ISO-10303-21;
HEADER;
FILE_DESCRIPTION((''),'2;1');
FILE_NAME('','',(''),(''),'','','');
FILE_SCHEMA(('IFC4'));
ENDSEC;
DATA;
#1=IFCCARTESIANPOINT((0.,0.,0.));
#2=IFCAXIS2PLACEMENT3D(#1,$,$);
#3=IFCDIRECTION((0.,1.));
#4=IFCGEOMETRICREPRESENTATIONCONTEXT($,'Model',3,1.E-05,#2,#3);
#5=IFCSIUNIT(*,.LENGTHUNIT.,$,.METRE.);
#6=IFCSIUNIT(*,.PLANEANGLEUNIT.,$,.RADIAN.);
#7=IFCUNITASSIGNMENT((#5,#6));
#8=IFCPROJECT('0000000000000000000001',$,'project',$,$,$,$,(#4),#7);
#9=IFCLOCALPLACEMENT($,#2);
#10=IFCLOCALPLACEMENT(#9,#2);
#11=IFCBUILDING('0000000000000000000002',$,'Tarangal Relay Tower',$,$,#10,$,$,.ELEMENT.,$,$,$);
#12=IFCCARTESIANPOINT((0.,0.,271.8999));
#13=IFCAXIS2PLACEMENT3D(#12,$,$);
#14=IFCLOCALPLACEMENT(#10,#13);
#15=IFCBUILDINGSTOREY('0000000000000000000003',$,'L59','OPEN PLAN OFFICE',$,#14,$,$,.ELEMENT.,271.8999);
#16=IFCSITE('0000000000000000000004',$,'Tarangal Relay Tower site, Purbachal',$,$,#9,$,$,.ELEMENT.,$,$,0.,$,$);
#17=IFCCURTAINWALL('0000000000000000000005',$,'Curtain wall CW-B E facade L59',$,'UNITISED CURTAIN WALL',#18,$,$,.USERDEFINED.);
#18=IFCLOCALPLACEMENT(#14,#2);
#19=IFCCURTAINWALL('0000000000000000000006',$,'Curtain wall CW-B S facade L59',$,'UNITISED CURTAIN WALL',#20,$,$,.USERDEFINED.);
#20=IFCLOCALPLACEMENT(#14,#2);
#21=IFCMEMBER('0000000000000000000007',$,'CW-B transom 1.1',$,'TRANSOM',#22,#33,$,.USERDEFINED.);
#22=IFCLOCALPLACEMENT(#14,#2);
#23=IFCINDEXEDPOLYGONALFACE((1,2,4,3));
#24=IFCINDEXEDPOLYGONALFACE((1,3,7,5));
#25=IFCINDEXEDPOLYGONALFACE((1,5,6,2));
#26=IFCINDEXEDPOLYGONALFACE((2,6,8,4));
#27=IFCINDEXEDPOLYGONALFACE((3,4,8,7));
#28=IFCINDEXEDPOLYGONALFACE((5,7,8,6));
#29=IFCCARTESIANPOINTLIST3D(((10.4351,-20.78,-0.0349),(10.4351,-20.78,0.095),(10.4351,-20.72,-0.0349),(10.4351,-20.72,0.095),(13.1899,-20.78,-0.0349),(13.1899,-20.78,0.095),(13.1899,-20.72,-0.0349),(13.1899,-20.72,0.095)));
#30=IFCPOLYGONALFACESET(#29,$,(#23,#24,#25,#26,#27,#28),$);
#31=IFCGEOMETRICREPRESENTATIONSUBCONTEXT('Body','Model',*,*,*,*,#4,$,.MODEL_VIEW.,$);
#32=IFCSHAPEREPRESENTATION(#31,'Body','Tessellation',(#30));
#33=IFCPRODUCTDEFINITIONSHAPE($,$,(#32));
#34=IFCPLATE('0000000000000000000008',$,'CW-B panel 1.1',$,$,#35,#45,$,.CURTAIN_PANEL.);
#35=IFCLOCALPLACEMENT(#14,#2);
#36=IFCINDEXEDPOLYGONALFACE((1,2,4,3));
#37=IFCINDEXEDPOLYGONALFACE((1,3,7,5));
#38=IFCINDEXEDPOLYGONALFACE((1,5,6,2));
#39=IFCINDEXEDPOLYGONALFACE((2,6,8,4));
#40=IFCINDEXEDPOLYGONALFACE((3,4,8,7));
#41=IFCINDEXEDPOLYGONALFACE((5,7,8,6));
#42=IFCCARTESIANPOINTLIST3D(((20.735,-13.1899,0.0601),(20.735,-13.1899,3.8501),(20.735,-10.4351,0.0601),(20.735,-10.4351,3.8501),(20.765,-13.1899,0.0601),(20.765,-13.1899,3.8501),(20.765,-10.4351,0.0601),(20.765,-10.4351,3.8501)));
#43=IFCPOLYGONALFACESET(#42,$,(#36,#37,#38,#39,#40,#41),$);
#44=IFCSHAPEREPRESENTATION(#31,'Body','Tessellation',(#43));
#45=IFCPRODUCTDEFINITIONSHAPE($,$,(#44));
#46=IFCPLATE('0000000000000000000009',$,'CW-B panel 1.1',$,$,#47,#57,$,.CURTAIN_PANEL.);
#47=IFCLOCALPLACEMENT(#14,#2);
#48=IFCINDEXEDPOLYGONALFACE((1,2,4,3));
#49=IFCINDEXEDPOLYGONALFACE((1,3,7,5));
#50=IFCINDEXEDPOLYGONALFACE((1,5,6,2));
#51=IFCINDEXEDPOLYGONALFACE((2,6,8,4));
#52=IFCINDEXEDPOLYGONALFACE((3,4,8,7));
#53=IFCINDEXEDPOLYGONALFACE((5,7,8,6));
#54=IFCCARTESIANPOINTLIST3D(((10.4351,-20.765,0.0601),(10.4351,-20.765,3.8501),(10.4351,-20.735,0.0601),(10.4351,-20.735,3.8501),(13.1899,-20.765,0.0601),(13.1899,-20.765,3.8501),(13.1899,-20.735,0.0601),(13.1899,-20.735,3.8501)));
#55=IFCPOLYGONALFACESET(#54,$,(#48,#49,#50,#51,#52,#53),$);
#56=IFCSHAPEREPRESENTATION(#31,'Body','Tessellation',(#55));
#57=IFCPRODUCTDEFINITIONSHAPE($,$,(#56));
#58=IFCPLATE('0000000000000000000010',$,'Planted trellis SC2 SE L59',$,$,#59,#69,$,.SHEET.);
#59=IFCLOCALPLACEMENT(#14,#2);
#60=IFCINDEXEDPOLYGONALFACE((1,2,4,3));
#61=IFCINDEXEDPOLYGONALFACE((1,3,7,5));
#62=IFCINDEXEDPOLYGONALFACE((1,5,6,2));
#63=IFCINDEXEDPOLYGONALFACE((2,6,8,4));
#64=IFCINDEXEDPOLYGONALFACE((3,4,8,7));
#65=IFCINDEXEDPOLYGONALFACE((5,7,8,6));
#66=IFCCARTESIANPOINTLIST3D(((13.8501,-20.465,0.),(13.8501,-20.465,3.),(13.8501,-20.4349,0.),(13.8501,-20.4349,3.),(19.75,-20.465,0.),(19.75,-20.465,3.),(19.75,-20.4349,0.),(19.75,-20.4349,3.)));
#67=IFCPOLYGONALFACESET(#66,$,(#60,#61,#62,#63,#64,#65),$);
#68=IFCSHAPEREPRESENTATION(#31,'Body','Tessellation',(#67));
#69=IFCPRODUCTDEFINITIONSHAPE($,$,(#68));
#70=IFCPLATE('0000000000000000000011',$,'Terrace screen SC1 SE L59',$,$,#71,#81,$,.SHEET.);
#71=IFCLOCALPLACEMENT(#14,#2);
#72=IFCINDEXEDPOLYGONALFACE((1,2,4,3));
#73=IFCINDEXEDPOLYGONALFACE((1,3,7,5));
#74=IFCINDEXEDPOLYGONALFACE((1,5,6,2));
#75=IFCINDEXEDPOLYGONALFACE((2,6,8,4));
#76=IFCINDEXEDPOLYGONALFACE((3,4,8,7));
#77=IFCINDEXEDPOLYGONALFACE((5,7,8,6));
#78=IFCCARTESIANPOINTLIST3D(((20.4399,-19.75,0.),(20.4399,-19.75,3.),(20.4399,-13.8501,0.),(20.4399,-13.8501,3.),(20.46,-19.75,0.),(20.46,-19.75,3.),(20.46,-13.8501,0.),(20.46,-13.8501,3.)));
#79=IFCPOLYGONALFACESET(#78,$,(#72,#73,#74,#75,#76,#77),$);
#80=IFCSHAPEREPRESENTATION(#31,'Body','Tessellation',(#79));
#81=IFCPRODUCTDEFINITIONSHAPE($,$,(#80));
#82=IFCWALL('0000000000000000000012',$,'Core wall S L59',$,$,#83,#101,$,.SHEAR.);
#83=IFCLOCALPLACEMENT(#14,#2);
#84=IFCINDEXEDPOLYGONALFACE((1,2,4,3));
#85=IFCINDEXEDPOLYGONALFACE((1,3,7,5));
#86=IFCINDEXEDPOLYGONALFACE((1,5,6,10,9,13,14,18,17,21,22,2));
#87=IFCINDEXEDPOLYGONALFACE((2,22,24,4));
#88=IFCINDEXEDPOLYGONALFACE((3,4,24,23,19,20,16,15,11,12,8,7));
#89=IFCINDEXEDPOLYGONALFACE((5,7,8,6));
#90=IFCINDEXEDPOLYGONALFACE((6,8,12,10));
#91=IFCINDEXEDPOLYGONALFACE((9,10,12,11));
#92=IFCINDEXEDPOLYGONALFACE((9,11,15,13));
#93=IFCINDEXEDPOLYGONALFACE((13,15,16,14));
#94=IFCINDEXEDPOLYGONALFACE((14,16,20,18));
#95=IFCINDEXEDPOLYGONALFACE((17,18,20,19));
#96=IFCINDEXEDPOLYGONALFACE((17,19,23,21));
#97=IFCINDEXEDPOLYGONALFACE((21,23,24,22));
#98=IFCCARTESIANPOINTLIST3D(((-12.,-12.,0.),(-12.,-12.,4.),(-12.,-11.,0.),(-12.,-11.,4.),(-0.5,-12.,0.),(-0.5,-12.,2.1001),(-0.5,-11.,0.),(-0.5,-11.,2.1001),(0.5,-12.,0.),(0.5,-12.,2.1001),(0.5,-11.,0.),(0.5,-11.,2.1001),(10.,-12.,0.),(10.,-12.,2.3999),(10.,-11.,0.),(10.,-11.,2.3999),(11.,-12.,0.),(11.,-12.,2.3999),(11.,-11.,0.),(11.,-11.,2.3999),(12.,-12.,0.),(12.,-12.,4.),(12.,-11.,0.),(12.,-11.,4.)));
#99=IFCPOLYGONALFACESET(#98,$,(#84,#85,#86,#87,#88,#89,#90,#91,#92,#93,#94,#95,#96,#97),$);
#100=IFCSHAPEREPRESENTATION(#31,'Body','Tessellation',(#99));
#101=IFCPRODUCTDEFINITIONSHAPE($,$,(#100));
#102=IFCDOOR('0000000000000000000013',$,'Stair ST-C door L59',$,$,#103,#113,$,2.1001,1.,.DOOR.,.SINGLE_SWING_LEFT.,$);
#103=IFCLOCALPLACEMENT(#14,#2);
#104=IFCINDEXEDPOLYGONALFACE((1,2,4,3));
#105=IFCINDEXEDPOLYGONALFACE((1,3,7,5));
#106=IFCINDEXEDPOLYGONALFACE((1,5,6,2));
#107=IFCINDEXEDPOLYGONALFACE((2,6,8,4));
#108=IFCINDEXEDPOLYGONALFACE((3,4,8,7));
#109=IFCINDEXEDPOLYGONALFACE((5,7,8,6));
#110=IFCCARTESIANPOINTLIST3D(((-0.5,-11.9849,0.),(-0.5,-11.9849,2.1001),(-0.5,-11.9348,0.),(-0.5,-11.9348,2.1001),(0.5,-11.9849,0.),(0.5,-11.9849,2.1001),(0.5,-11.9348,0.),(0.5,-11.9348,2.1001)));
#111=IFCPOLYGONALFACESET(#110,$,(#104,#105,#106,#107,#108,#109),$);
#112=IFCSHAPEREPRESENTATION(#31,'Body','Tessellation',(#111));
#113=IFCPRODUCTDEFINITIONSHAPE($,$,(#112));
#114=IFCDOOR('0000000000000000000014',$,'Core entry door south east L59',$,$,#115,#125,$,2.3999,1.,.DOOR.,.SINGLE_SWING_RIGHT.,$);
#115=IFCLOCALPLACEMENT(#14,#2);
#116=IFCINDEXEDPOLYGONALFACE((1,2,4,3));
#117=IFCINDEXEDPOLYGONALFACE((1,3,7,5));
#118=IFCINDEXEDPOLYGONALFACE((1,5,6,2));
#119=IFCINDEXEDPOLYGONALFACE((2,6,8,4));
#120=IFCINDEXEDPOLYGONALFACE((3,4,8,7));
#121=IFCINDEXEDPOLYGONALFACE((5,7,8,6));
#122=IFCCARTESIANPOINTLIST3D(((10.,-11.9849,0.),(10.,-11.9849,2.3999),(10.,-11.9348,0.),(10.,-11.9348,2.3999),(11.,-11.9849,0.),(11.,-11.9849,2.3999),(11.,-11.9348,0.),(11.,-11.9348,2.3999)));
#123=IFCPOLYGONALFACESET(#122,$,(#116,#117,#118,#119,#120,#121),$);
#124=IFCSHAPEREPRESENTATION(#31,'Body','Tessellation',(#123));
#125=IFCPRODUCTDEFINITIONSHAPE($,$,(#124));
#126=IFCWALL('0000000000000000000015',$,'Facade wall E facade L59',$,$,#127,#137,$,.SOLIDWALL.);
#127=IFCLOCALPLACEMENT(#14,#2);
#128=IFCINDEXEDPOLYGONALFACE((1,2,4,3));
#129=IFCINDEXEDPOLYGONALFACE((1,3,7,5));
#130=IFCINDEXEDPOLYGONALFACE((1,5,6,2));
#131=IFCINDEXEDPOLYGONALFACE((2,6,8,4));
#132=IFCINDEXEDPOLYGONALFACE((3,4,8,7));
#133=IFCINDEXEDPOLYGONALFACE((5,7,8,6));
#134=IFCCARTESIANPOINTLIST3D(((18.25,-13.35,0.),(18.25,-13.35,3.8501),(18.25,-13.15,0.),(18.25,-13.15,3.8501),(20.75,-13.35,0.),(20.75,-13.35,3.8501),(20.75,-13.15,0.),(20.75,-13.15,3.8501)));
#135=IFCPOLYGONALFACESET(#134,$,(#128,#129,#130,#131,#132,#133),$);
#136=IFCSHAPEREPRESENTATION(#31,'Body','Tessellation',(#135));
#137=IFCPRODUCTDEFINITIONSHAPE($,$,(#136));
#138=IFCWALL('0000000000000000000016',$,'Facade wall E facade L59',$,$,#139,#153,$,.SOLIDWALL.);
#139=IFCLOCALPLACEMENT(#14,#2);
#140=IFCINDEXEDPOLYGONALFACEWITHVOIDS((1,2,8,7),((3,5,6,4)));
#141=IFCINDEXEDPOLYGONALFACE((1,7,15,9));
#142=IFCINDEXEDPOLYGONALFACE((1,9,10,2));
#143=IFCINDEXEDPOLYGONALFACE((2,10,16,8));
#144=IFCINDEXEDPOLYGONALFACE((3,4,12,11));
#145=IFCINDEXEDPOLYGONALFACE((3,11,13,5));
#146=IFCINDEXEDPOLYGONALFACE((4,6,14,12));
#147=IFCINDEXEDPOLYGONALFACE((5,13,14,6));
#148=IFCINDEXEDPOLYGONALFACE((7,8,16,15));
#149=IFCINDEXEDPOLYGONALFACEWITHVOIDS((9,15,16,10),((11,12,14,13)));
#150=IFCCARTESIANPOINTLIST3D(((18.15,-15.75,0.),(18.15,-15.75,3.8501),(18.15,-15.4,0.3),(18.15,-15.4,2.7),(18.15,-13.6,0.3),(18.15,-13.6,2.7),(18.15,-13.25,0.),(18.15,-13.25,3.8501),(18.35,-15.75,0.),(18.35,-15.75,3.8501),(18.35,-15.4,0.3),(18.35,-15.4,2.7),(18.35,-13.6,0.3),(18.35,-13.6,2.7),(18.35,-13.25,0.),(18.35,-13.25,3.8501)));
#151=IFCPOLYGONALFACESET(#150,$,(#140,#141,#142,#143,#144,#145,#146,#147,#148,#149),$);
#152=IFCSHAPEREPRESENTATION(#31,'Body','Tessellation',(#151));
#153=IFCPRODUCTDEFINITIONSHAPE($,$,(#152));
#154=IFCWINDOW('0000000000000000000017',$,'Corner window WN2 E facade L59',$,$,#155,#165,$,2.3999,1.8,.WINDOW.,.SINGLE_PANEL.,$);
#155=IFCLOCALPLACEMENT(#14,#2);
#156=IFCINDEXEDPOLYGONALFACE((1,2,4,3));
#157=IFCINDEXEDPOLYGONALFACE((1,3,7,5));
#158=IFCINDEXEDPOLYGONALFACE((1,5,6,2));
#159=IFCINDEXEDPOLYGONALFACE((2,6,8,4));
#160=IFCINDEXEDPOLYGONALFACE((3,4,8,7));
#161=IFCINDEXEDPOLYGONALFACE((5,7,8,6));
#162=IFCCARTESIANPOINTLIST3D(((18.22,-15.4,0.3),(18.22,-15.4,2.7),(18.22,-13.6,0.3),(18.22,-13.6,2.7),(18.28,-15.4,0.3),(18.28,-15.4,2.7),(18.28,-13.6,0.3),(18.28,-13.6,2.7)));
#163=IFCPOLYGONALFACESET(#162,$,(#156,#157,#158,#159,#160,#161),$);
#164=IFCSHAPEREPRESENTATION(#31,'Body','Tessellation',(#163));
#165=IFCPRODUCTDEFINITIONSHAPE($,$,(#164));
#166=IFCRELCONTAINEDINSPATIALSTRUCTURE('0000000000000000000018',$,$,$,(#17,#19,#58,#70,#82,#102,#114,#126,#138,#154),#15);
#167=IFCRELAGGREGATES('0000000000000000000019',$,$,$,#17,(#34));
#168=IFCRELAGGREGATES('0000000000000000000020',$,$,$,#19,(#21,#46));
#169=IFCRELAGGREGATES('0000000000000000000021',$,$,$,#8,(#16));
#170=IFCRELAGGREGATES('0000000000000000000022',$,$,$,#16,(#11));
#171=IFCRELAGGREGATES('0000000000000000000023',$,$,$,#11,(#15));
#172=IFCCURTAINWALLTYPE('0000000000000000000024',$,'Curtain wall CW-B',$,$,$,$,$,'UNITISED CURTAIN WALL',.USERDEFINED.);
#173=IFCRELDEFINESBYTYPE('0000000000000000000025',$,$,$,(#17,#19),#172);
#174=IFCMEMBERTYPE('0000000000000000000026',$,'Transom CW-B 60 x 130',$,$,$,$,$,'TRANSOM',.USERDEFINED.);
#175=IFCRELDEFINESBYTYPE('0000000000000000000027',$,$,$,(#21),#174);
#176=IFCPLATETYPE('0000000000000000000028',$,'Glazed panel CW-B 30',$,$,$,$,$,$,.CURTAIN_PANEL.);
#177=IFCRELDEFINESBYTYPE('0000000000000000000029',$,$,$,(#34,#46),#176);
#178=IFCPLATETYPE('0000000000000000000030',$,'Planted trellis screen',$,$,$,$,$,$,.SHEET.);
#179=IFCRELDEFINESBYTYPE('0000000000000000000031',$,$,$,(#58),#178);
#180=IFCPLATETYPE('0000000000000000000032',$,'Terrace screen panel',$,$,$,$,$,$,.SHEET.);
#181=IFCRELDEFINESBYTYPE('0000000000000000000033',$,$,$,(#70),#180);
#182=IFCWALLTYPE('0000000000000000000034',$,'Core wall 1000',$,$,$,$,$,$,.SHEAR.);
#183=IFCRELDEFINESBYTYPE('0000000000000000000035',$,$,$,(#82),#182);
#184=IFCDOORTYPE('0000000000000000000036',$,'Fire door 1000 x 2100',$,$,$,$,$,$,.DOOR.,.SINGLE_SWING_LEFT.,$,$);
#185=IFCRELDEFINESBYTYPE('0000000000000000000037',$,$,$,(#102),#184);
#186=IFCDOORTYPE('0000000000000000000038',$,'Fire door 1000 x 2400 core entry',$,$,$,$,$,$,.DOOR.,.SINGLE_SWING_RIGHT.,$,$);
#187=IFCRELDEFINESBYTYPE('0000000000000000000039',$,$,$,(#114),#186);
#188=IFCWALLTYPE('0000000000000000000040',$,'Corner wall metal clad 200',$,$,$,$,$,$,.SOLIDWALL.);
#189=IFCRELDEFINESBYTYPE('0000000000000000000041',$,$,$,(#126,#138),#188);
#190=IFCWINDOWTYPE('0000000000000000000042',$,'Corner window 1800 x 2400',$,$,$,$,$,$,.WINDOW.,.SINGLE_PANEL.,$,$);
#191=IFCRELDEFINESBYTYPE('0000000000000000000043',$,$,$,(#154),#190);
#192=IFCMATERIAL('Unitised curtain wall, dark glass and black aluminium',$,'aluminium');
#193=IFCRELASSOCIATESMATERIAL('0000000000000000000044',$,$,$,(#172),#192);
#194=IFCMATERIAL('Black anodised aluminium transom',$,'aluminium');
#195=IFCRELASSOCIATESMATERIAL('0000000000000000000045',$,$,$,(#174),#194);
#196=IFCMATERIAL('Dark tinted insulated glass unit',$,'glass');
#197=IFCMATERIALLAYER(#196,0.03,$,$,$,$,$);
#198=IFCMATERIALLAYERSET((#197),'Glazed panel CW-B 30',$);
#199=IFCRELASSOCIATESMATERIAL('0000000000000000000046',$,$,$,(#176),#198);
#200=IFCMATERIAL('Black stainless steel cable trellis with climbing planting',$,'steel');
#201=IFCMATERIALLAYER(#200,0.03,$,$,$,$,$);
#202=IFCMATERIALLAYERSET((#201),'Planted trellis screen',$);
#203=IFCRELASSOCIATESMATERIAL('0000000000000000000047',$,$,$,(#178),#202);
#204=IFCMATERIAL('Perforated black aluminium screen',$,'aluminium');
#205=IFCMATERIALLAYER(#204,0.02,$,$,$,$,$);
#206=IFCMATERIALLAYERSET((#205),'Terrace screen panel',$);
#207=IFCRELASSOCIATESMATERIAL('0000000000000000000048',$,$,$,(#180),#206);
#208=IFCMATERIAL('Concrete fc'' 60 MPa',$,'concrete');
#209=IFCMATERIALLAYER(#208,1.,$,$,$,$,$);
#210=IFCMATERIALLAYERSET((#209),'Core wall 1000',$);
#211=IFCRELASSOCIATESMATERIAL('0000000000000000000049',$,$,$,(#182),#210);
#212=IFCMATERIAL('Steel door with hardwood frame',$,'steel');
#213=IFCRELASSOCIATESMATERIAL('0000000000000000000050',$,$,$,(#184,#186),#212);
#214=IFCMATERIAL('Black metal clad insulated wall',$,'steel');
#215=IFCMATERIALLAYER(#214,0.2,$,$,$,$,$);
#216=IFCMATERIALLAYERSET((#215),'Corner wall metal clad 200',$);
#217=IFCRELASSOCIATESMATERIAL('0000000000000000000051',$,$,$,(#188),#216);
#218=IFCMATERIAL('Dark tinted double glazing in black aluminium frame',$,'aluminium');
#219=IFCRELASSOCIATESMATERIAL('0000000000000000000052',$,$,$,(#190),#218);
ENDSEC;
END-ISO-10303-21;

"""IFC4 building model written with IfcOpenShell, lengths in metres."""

from ifc_helpers import new_model, si_unit, direction, frame, frame_2d, origin, origin_2d, place, context, subcontext, project, spatial, rectangle, extrude, material, layer, layer_set, material_profile, profile_set, type_object, element, fill, aggregate, save


model = new_model("IFC4")

# Units and contexts
model_context = context("Model", 3, precision=1e-05, world=origin(), true_north=direction((0.0, 1.0)))
body_context = subcontext(model_context, "Body", "Model", "MODEL_VIEW")
ifc_project = project(units=[si_unit("LENGTHUNIT", "METRE"), si_unit("PLANEANGLEUNIT", "RADIAN")], contexts=[model_context])

# Site, building, storey
site_placement = place(None, origin())
site = spatial("IfcSite", under=ifc_project, at=site_placement, Name="Tarangal Relay Tower site, Purbachal", CompositionType="ELEMENT", RefElevation=0.0)
building_placement = place(site_placement, origin())
building = spatial("IfcBuilding", under=site, at=building_placement, Name="Tarangal Relay Tower", CompositionType="ELEMENT")
storey_placement = place(building_placement, frame((0.0, 0.0, 271.8999)))
storey = spatial("IfcBuildingStorey", under=building, at=storey_placement, Name="L59", Description="OPEN PLAN OFFICE", CompositionType="ELEMENT", Elevation=271.8999)

# Curtain wall
ifc_material_1 = material(Name="Unitised curtain wall, dark glass and black aluminium", Category="aluminium")
curtain_wall_type_1 = type_object("IfcCurtainWallType", Name="Curtain wall CW-B", ElementType="UNITISED CURTAIN WALL", PredefinedType="USERDEFINED", material=ifc_material_1)
curtain_wall_1_placement = place(storey_placement, origin())
curtain_wall_1 = element("IfcCurtainWall", 1, at=curtain_wall_1_placement, inside=storey, type_object=curtain_wall_type_1, Name="Curtain wall CW-B E facade L59", ObjectType="UNITISED CURTAIN WALL", PredefinedType="USERDEFINED")

# Curtain wall
curtain_wall_2_placement = place(storey_placement, origin())
curtain_wall_2 = element("IfcCurtainWall", 2, at=curtain_wall_2_placement, inside=storey, type_object=curtain_wall_type_1, Name="Curtain wall CW-B S facade L59", ObjectType="UNITISED CURTAIN WALL", PredefinedType="USERDEFINED")

# Member
ifc_material_2 = material(Name="Black anodised aluminium transom", Category="aluminium")
ifc_material_profile_1 = material_profile(ifc_material_2, rectangle(XDim=0.0601, YDim=0.1299, at=origin_2d()), Name="CW-BT 60X130")
ifc_profile_set_1 = profile_set([ifc_material_profile_1], Name="Black anodised aluminium transom")
member_type_1 = type_object("IfcMemberType", Name="Transom CW-B 60 x 130", ElementType="TRANSOM", PredefinedType="USERDEFINED", material=ifc_profile_set_1)
member_1_placement = place(storey_placement, frame((13.1899, -20.75, 0.03), z_axis=(-1.0, 0.0, 0.0), x_axis=(0.0, -1.0, 0.0)))
member_1 = element("IfcMember", 3, at=member_1_placement, type_object=member_type_1, Name="CW-B transom 1.1", ObjectType="TRANSOM", PredefinedType="USERDEFINED", context=body_context, shape_type="SweptSolid", body=[
    extrude(rectangle(XDim=0.0601, YDim=0.1299, at=origin_2d()), origin(), (0.0, 0.0, 1.0), 2.7549),
])

# Plates
ifc_material_3 = material(Name="Dark tinted insulated glass unit", Category="glass")
ifc_layer_1 = layer(ifc_material_3, 0.03)
ifc_layer_set_1 = layer_set([ifc_layer_1], Name="Glazed panel CW-B 30")
plate_type_1 = type_object("IfcPlateType", Name="Glazed panel CW-B 30", PredefinedType="CURTAIN_PANEL", material=ifc_layer_set_1)
plate_1_placement = place(storey_placement, frame((20.75, -11.8125, 0.0601), z_axis=(0.0, 0.0, 1.0), x_axis=(0.0, -1.0, 0.0)))
plate_1 = element("IfcPlate", 4, at=plate_1_placement, type_object=plate_type_1, Name="CW-B panel 1.1", PredefinedType="CURTAIN_PANEL", context=body_context, shape_type="SweptSolid", body=[
    extrude(rectangle(XDim=2.7549, YDim=0.03, at=origin_2d()), origin(), (0.0, 0.0, 1.0), 3.79),
])
aggregate(curtain_wall_1, [plate_1])
plate_2_placement = place(storey_placement, frame((11.8125, -20.75, 0.0601), z_axis=(0.0, 0.0, 1.0), x_axis=(-1.0, 0.0, 0.0)))
plate_2 = element("IfcPlate", 5, at=plate_2_placement, type_object=plate_type_1, Name="CW-B panel 1.1", PredefinedType="CURTAIN_PANEL", context=body_context, shape_type="SweptSolid", body=[
    extrude(rectangle(XDim=2.7549, YDim=0.03, at=origin_2d()), origin(), (0.0, 0.0, 1.0), 3.79),
])
aggregate(curtain_wall_2, [member_1, plate_2])

# Plates
ifc_material_4 = material(Name="Black stainless steel cable trellis with climbing planting", Category="steel")
ifc_layer_2 = layer(ifc_material_4, 0.03)
ifc_layer_set_2 = layer_set([ifc_layer_2], Name="Planted trellis screen")
plate_type_2 = type_object("IfcPlateType", Name="Planted trellis screen", PredefinedType="SHEET", material=ifc_layer_set_2)
plate_3_placement = place(storey_placement, frame((16.8, -20.45, 0.0), z_axis=(0.0, 0.0, 1.0), x_axis=(-1.0, 0.0, 0.0)))
element("IfcPlate", 6, at=plate_3_placement, inside=storey, type_object=plate_type_2, Name="Planted trellis SC2 SE L59", PredefinedType="SHEET", context=body_context, shape_type="SweptSolid", body=[
    extrude(rectangle(XDim=5.8999, YDim=0.03, at=origin_2d()), origin(), (0.0, 0.0, 1.0), 3.0),
])
ifc_material_5 = material(Name="Perforated black aluminium screen", Category="aluminium")
ifc_layer_3 = layer(ifc_material_5, 0.02)
ifc_layer_set_3 = layer_set([ifc_layer_3], Name="Terrace screen panel")
plate_type_3 = type_object("IfcPlateType", Name="Terrace screen panel", PredefinedType="SHEET", material=ifc_layer_set_3)
plate_4_placement = place(storey_placement, frame((20.45, -16.8, 0.0), z_axis=(0.0, 0.0, 1.0), x_axis=(0.0, -1.0, 0.0)))
element("IfcPlate", 7, at=plate_4_placement, inside=storey, type_object=plate_type_3, Name="Terrace screen SC1 SE L59", PredefinedType="SHEET", context=body_context, shape_type="SweptSolid", body=[
    extrude(rectangle(XDim=5.8999, YDim=0.02, at=origin_2d()), origin(), (0.0, 0.0, 1.0), 3.0),
])

# Wall, openings, doors
ifc_material_6 = material(Name="Concrete fc' 60 MPa", Category="concrete")
ifc_layer_4 = layer(ifc_material_6, 1.0)
ifc_layer_set_4 = layer_set([ifc_layer_4], Name="Core wall 1000")
wall_type_1 = type_object("IfcWallType", Name="Core wall 1000", PredefinedType="SHEAR", material=ifc_layer_set_4)
wall_1_placement = place(storey_placement, frame((12.0, -11.5, 0.0), z_axis=(0.0, 0.0, 1.0), x_axis=(-1.0, 0.0, 0.0)))
wall_1 = element("IfcWall", 8, at=wall_1_placement, inside=storey, type_object=wall_type_1, Name="Core wall S L59", PredefinedType="SHEAR", context=body_context, shape_type="SweptSolid", body=[
    extrude(rectangle(XDim=24.0, YDim=1.0, at=frame_2d((12.0, 0.0))), origin(), (0.0, 0.0, 1.0), 4.0),
])
opening_1_placement = place(wall_1_placement, frame((11.5, 0.0, 0.0)))
opening_1 = element("IfcOpeningElement", 9, at=opening_1_placement, cuts=wall_1, PredefinedType="OPENING", context=body_context, shape_type="SweptSolid", body=[
    extrude(rectangle(XDim=1.0, YDim=2.1001, at=frame_2d((0.5, 1.05))), frame((0.0, 0.51, 0.0), z_axis=(0.0, -1.0, 0.0), x_axis=(1.0, 0.0, 0.0)), (0.0, 0.0, 1.0), 1.02),
])
opening_2_placement = place(wall_1_placement, frame((1.0, 0.0, 0.0)))
opening_2 = element("IfcOpeningElement", 10, at=opening_2_placement, cuts=wall_1, PredefinedType="OPENING", context=body_context, shape_type="SweptSolid", body=[
    extrude(rectangle(XDim=1.0, YDim=2.3999, at=frame_2d((0.5, 1.2))), frame((0.0, 0.51, 0.0), z_axis=(0.0, -1.0, 0.0), x_axis=(1.0, 0.0, 0.0)), (0.0, 0.0, 1.0), 1.02),
])
ifc_material_7 = material(Name="Steel door with hardwood frame", Category="steel")
door_type_1 = type_object("IfcDoorType", Name="Fire door 1000 x 2100", OperationType="SINGLE_SWING_LEFT", PredefinedType="DOOR", material=ifc_material_7)
door_1_placement = place(opening_1_placement, origin())
door_1 = element("IfcDoor", 11, at=door_1_placement, inside=storey, type_object=door_type_1, Name="Stair ST-C door L59", OperationType="SINGLE_SWING_LEFT", OverallHeight=2.1001, OverallWidth=1.0, PredefinedType="DOOR", context=body_context, shape_type="SweptSolid", body=[
    extrude(rectangle(XDim=1.0, YDim=2.1001, at=frame_2d((0.5, 1.05))), frame((0.0, 0.4849, 0.0), z_axis=(0.0, -1.0, 0.0), x_axis=(1.0, 0.0, 0.0)), (0.0, 0.0, 1.0), 0.05),
])
fill(opening_1, door_1)
door_type_2 = type_object("IfcDoorType", Name="Fire door 1000 x 2400 core entry", OperationType="SINGLE_SWING_RIGHT", PredefinedType="DOOR", material=ifc_material_7)
door_2_placement = place(opening_2_placement, origin())
door_2 = element("IfcDoor", 12, at=door_2_placement, inside=storey, type_object=door_type_2, Name="Core entry door south east L59", OperationType="SINGLE_SWING_RIGHT", OverallHeight=2.3999, OverallWidth=1.0, PredefinedType="DOOR", context=body_context, shape_type="SweptSolid", body=[
    extrude(rectangle(XDim=1.0, YDim=2.3999, at=frame_2d((0.5, 1.2))), frame((0.0, 0.4849, 0.0), z_axis=(0.0, -1.0, 0.0), x_axis=(1.0, 0.0, 0.0)), (0.0, 0.0, 1.0), 0.05),
])
fill(opening_2, door_2)

# Wall
ifc_material_8 = material(Name="Black metal clad insulated wall", Category="steel")
ifc_layer_5 = layer(ifc_material_8, 0.2)
ifc_layer_set_5 = layer_set([ifc_layer_5], Name="Corner wall metal clad 200")
wall_type_2 = type_object("IfcWallType", Name="Corner wall metal clad 200", PredefinedType="SOLIDWALL", material=ifc_layer_set_5)
wall_2_placement = place(storey_placement, frame((20.75, -13.25, 0.0), z_axis=(0.0, 0.0, 1.0), x_axis=(-1.0, 0.0, 0.0)))
element("IfcWall", 13, at=wall_2_placement, inside=storey, type_object=wall_type_2, Name="Facade wall E facade L59", PredefinedType="SOLIDWALL", context=body_context, shape_type="SweptSolid", body=[
    extrude(rectangle(XDim=2.5, YDim=0.2, at=frame_2d((1.25, 0.0))), origin(), (0.0, 0.0, 1.0), 3.8501),
])

# Wall, opening, window
wall_3_placement = place(storey_placement, frame((18.25, -13.25, 0.0), z_axis=(0.0, 0.0, 1.0), x_axis=(0.0, -1.0, 0.0)))
wall_3 = element("IfcWall", 14, at=wall_3_placement, inside=storey, type_object=wall_type_2, Name="Facade wall E facade L59", PredefinedType="SOLIDWALL", context=body_context, shape_type="SweptSolid", body=[
    extrude(rectangle(XDim=2.5, YDim=0.2, at=frame_2d((1.25, 0.0))), origin(), (0.0, 0.0, 1.0), 3.8501),
])
opening_3_placement = place(wall_3_placement, frame((0.3501, 0.0, 0.3)))
opening_3 = element("IfcOpeningElement", 15, at=opening_3_placement, cuts=wall_3, PredefinedType="OPENING", context=body_context, shape_type="SweptSolid", body=[
    extrude(rectangle(XDim=1.8, YDim=2.3999, at=frame_2d((0.8999, 1.2))), frame((0.0, 0.1099, 0.0), z_axis=(0.0, -1.0, 0.0), x_axis=(1.0, 0.0, 0.0)), (0.0, 0.0, 1.0), 0.22),
])
ifc_material_9 = material(Name="Dark tinted double glazing in black aluminium frame", Category="aluminium")
window_type = type_object("IfcWindowType", Name="Corner window 1800 x 2400", PartitioningType="SINGLE_PANEL", PredefinedType="WINDOW", material=ifc_material_9)
window_1_placement = place(opening_3_placement, origin())
window_1 = element("IfcWindow", 16, at=window_1_placement, inside=storey, type_object=window_type, Name="Corner window WN2 E facade L59", OverallHeight=2.3999, OverallWidth=1.8, PartitioningType="SINGLE_PANEL", PredefinedType="WINDOW", context=body_context, shape_type="SweptSolid", body=[
    extrude(rectangle(XDim=1.8, YDim=2.3999, at=frame_2d((0.8999, 1.2))), frame((0.0, 0.03, 0.0), z_axis=(0.0, -1.0, 0.0), x_axis=(1.0, 0.0, 0.0)), (0.0, 0.0, 1.0), 0.0601),
])
fill(opening_3, window_1)

save(model, "model.ifc")
